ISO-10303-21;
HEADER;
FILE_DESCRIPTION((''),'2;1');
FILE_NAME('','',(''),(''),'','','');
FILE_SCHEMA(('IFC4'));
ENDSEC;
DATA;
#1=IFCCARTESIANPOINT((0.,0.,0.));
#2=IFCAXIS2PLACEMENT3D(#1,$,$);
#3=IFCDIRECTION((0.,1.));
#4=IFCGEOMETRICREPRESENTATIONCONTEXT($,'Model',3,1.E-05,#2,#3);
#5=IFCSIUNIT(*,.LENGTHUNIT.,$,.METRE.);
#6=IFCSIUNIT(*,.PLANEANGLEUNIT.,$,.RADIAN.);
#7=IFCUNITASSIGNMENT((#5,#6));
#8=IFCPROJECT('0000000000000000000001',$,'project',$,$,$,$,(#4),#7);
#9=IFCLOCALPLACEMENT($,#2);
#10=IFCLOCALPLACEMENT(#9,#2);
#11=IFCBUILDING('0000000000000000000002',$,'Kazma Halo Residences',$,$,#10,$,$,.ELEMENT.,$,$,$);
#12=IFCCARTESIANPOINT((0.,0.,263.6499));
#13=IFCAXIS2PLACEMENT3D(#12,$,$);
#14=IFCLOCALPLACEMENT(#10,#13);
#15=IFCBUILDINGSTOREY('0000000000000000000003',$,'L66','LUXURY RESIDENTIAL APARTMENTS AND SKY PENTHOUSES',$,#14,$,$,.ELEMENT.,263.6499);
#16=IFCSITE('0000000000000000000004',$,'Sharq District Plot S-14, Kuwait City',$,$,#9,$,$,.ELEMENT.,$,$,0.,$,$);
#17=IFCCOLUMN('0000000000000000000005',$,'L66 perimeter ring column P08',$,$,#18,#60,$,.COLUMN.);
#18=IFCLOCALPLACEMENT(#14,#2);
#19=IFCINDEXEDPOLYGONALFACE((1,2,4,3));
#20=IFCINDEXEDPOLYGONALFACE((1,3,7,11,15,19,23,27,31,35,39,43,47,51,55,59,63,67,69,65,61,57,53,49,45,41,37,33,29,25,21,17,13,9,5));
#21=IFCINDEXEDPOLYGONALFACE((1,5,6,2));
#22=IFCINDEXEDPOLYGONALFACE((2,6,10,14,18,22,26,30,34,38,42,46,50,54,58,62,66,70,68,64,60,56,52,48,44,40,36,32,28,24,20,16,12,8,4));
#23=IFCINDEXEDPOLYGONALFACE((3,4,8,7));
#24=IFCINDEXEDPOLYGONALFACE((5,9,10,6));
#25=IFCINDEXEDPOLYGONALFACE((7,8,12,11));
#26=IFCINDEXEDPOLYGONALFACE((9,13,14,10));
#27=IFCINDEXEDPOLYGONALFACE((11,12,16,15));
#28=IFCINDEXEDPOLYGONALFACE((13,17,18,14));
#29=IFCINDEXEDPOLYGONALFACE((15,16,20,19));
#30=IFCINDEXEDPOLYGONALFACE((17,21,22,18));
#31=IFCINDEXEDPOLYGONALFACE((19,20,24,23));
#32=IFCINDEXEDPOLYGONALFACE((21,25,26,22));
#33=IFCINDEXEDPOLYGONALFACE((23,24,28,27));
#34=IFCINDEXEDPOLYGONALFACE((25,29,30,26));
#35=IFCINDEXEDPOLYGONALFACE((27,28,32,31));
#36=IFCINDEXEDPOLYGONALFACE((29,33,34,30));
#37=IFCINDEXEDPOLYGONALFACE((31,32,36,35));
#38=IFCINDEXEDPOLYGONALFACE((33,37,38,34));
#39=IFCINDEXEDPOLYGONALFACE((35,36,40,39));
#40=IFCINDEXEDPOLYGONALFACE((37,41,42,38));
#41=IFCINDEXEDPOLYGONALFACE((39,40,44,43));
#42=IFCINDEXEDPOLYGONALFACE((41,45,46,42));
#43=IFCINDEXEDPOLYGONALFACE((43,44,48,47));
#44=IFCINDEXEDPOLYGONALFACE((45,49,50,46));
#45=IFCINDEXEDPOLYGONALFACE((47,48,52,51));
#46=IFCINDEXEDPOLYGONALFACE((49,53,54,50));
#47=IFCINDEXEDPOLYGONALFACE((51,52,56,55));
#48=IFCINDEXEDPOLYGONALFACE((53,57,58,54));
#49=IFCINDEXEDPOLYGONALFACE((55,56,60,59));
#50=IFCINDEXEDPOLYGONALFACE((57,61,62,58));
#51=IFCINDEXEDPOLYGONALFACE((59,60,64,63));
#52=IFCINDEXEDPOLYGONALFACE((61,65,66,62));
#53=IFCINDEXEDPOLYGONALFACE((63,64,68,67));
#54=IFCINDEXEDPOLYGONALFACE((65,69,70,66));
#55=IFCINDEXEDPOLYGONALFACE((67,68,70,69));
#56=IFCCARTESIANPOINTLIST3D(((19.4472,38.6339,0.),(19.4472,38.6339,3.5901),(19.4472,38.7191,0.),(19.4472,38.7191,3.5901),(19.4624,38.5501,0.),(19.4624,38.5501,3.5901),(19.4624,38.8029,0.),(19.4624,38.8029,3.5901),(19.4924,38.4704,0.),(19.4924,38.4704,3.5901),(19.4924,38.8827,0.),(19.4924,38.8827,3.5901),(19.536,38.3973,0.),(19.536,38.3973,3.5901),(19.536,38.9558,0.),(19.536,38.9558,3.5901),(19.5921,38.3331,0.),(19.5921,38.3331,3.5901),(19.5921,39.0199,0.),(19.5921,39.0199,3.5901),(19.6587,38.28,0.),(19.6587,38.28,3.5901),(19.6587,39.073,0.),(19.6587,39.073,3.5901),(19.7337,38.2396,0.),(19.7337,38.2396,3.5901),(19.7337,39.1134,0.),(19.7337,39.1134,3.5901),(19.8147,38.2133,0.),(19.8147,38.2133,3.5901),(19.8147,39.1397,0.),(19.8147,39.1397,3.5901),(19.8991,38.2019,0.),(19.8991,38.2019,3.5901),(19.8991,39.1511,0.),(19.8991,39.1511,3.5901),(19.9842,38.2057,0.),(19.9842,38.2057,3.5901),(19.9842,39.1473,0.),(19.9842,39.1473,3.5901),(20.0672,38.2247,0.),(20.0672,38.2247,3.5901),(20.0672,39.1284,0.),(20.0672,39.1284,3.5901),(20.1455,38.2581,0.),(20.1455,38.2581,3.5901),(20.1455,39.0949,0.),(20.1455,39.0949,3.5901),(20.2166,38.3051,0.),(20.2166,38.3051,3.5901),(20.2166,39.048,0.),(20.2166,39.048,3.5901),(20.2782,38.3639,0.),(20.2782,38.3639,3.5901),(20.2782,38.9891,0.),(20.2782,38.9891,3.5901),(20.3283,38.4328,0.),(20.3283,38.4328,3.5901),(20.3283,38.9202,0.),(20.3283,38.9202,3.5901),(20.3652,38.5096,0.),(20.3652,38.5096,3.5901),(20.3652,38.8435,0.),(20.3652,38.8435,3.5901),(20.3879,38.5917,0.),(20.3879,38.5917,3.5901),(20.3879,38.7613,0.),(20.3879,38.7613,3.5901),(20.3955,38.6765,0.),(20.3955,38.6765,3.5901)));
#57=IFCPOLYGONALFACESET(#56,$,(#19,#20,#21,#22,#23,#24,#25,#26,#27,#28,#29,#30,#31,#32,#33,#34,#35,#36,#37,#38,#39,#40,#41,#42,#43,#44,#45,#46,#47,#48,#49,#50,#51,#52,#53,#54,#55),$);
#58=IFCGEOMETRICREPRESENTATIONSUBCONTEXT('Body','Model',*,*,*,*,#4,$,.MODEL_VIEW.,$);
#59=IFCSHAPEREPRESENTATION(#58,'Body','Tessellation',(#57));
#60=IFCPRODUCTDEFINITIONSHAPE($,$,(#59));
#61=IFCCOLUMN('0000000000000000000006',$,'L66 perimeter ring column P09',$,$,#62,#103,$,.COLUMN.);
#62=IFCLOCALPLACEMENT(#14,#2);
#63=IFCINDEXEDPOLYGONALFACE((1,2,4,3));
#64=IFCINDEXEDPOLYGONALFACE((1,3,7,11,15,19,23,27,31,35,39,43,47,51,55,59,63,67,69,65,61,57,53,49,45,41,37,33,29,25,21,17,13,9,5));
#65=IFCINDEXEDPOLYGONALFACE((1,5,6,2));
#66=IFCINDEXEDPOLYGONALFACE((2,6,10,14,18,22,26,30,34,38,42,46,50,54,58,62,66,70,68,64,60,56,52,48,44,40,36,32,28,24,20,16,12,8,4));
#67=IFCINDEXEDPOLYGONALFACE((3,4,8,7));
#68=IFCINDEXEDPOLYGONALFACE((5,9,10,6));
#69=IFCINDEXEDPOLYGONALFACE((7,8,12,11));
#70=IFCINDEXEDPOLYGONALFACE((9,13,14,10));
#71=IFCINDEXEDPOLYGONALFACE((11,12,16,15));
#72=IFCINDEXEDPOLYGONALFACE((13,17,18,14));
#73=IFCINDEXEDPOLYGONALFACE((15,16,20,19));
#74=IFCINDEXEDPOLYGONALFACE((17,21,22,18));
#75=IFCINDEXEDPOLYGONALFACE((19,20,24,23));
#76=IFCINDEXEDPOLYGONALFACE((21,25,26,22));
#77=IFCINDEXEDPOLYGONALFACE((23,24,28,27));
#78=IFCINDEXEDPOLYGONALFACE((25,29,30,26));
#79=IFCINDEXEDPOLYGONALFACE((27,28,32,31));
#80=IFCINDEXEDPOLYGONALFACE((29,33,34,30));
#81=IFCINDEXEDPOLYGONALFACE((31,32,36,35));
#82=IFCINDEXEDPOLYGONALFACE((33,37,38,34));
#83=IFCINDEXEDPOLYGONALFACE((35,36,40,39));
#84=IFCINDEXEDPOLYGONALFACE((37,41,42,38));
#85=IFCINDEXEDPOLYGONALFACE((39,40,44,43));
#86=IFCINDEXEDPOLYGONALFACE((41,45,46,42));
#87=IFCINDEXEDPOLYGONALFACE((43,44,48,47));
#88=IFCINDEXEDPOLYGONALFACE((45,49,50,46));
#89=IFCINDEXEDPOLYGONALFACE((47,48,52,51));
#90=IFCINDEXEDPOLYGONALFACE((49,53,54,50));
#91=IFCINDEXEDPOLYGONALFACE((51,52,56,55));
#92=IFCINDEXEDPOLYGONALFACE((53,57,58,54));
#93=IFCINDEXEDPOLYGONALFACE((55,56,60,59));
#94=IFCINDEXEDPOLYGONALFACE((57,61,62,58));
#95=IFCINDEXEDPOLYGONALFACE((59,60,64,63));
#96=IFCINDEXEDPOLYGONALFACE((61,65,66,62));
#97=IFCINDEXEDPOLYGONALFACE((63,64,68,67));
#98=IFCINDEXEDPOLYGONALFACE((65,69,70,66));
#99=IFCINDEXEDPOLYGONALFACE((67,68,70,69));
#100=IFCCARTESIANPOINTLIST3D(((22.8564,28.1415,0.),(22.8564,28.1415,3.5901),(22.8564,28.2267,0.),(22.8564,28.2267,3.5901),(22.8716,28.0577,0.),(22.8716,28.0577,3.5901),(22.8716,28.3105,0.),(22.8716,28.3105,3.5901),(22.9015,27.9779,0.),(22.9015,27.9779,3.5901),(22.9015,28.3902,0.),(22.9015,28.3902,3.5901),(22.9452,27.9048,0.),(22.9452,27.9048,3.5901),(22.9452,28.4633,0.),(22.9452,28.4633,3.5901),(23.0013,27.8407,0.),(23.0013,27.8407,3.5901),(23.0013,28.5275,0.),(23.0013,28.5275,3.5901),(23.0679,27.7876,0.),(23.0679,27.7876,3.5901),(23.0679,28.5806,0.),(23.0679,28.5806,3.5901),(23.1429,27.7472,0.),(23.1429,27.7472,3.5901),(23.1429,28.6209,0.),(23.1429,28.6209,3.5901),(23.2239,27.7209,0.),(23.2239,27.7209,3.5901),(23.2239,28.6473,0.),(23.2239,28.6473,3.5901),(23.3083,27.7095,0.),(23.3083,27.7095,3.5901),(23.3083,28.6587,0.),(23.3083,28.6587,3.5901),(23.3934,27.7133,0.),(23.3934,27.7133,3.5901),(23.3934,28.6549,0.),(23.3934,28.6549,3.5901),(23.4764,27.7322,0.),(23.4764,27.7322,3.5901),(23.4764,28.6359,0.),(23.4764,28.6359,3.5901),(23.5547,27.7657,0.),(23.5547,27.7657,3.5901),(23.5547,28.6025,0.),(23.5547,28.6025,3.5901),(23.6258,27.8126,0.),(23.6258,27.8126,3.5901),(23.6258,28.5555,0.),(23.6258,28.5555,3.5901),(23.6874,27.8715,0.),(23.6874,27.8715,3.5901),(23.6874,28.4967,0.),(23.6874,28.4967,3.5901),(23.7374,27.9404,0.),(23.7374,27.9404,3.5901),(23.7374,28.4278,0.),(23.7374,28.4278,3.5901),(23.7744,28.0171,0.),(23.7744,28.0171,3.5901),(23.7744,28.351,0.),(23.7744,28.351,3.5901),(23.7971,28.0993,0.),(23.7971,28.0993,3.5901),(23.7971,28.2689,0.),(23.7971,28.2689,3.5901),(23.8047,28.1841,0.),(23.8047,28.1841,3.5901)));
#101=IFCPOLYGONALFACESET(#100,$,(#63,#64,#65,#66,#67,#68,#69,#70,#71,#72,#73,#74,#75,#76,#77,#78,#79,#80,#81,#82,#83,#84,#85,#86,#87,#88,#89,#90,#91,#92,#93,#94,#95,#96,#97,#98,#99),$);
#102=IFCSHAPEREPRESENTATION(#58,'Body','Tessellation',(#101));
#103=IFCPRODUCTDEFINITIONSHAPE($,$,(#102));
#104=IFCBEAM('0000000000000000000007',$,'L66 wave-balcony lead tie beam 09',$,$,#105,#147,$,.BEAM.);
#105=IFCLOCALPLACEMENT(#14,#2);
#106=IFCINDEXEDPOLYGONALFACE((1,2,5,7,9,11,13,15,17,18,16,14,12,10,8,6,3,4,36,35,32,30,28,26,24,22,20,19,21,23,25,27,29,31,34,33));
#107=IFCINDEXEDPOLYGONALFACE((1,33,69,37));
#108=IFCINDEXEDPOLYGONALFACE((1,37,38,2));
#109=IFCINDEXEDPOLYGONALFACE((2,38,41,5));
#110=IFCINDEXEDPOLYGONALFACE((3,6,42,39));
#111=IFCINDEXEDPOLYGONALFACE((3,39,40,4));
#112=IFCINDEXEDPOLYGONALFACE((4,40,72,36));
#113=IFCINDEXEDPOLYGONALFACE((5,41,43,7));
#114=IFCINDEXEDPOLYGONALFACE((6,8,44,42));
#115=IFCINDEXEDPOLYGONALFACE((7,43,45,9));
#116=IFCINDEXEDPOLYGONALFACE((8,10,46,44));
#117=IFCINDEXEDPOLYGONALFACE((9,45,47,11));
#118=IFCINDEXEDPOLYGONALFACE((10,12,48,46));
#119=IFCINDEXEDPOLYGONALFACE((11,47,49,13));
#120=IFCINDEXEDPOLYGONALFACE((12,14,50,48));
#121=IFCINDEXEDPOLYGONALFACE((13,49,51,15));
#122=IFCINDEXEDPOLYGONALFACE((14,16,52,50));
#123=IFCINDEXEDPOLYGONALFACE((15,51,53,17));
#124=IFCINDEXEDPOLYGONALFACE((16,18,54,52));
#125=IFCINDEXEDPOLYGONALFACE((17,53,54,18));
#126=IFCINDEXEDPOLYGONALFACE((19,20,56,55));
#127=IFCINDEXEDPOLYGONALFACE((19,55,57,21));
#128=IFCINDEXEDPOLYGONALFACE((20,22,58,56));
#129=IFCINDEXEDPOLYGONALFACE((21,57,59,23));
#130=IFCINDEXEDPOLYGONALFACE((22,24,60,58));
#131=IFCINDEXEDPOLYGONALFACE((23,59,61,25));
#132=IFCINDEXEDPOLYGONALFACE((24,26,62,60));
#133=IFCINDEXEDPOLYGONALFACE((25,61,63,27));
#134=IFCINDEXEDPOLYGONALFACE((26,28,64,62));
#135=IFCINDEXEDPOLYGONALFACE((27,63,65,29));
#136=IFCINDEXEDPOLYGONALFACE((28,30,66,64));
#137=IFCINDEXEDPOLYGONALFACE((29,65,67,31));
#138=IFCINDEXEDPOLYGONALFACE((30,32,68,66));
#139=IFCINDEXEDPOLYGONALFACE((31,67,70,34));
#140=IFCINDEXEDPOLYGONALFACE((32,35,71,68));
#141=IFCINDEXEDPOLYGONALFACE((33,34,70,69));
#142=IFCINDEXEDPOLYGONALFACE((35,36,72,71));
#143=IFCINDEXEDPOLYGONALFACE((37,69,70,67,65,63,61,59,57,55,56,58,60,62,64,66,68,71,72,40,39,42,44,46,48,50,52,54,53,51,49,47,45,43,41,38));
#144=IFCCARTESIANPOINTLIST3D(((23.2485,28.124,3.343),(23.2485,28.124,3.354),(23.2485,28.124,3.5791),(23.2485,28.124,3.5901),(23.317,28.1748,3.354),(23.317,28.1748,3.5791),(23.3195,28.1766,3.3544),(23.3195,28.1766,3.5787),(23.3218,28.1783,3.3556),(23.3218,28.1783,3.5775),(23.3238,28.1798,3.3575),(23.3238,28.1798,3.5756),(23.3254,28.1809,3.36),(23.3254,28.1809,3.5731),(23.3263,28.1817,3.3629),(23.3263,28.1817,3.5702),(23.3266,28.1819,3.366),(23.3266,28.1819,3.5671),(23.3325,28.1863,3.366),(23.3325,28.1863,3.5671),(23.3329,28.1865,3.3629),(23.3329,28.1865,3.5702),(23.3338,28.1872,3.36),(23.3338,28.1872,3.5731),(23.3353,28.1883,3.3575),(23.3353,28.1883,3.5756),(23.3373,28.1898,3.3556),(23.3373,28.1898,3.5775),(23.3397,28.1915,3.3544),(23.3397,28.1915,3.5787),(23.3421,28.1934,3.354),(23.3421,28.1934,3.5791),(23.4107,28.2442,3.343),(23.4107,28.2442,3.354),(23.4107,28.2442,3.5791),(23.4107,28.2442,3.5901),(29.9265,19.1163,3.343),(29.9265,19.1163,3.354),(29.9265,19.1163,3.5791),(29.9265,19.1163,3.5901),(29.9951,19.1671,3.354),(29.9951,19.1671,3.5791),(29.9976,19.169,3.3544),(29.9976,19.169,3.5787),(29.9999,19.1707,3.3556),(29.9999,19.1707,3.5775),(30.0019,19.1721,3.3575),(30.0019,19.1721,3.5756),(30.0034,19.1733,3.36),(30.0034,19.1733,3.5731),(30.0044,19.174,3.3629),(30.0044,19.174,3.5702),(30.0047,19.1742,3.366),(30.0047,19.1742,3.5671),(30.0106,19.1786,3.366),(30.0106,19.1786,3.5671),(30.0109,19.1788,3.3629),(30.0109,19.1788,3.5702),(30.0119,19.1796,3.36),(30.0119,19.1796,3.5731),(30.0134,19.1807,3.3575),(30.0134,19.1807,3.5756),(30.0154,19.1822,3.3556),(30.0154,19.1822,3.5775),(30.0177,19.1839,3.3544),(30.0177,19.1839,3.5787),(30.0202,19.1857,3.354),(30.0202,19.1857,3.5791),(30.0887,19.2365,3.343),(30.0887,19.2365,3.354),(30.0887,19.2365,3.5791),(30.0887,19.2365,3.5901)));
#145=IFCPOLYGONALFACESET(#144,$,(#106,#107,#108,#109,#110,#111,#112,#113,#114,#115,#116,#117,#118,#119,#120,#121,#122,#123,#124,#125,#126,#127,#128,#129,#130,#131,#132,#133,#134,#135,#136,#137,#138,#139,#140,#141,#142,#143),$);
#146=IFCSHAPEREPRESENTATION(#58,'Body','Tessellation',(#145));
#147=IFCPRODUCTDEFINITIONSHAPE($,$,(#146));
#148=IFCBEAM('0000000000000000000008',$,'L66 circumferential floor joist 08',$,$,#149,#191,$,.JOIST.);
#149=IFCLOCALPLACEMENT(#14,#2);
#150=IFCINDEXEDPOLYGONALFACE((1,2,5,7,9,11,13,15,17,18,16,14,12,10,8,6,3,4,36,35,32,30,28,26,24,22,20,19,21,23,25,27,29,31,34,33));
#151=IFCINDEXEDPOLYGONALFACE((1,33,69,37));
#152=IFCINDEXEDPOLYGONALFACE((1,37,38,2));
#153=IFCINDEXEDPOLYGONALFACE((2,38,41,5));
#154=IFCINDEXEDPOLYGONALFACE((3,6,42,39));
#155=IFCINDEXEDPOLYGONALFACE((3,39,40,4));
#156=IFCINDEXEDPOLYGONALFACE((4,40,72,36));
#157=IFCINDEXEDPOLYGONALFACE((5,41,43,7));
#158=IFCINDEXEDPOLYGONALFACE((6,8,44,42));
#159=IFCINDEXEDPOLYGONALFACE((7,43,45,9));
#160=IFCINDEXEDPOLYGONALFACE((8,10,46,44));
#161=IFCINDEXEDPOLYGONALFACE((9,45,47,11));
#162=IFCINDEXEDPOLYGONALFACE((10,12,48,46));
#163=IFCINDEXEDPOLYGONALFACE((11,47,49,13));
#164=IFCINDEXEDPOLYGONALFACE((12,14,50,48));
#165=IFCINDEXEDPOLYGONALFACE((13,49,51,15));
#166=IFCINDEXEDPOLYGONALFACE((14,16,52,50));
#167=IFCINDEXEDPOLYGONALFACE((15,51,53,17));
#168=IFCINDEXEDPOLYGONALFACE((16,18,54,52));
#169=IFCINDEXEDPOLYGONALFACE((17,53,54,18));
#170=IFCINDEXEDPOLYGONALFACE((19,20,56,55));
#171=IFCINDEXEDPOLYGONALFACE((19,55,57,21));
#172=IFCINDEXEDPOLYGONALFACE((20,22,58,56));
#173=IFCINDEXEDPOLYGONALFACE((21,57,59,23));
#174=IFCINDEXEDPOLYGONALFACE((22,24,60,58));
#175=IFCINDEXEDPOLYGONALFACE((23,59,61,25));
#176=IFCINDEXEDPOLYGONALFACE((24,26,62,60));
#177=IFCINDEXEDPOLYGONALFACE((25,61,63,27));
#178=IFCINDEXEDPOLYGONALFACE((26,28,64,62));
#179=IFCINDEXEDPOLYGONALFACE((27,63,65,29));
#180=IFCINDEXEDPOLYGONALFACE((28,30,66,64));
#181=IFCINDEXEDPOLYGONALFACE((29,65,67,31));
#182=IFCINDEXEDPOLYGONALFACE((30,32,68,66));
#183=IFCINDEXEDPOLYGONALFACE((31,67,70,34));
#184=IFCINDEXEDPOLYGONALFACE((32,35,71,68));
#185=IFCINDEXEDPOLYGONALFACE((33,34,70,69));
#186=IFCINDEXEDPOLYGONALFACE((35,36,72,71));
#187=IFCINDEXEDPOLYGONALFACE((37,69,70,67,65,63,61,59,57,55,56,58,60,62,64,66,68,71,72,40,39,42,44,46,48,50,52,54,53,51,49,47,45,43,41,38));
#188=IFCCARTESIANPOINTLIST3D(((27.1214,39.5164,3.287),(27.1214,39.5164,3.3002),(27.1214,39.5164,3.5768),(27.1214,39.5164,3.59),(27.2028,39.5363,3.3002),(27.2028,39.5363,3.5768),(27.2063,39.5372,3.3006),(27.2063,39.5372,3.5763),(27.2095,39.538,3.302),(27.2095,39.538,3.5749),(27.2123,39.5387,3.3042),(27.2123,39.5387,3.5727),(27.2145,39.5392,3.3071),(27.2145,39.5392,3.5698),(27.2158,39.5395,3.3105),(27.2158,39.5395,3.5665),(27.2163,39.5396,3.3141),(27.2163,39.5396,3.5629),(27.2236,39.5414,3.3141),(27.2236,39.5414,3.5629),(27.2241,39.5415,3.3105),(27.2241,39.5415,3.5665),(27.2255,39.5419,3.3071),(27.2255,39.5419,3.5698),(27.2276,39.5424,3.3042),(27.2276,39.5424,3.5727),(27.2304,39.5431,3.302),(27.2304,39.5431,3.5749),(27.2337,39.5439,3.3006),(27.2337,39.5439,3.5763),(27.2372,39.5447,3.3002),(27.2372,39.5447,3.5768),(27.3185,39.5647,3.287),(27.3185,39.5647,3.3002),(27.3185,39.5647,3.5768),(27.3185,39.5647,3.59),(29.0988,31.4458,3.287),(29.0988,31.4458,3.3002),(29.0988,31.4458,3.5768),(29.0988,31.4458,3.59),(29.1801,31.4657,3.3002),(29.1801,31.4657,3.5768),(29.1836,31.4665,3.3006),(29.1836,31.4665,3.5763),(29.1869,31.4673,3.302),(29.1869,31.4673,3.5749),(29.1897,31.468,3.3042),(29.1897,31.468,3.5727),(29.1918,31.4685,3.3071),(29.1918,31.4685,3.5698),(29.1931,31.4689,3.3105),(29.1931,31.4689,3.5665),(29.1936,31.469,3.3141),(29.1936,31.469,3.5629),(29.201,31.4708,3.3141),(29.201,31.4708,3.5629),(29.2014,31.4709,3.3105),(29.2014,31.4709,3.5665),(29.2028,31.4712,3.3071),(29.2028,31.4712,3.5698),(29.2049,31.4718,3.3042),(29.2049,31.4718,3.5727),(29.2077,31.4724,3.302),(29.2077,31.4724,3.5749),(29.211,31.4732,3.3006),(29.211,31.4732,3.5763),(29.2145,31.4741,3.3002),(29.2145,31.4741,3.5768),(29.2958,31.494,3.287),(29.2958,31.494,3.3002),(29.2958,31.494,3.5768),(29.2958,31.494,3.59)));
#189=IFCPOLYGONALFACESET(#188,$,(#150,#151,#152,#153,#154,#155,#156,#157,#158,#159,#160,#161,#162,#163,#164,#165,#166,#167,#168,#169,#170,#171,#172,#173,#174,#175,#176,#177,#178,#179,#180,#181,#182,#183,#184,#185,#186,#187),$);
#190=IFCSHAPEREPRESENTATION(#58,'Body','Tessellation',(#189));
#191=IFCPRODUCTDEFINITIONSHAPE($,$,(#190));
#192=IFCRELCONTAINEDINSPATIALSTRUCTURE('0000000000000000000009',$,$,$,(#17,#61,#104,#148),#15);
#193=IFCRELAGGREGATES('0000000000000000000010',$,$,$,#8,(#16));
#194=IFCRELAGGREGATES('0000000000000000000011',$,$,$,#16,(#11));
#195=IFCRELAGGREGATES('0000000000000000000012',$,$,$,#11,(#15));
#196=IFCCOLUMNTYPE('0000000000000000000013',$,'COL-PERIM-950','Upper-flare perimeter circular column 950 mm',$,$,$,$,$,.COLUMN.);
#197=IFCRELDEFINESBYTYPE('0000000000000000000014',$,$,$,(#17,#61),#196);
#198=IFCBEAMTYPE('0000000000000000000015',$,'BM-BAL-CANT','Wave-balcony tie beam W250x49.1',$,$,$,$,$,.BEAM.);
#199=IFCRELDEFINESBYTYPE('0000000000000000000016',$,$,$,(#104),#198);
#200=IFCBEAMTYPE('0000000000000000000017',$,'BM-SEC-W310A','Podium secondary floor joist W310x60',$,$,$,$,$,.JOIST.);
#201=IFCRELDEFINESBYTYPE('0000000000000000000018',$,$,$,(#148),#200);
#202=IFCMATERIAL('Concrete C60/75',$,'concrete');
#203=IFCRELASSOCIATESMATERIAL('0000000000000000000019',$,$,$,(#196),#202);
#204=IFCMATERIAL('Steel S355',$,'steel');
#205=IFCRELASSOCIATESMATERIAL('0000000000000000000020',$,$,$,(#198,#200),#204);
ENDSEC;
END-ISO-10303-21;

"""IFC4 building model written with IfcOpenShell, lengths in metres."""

from ifc_helpers import new_model, si_unit, direction, frame, origin, origin_2d, place, context, subcontext, project, spatial, circle, i_section, extrude, material, material_profile, profile_set, type_object, element, save


model = new_model("IFC4")

# Units and contexts
model_context = context("Model", 3, precision=1e-05, world=origin(), true_north=direction((0.0, 1.0)))
body_context = subcontext(model_context, "Body", "Model", "MODEL_VIEW")
ifc_project = project(units=[si_unit("LENGTHUNIT", "METRE"), si_unit("PLANEANGLEUNIT", "RADIAN")], contexts=[model_context])

# Site, building, storey
site_placement = place(None, origin())
site = spatial("IfcSite", under=ifc_project, at=site_placement, Name="Sharq District Plot S-14, Kuwait City", CompositionType="ELEMENT", RefElevation=0.0)
building_placement = place(site_placement, origin())
building = spatial("IfcBuilding", under=site, at=building_placement, Name="Kazma Halo Residences", CompositionType="ELEMENT")
storey_placement = place(building_placement, frame((0.0, 0.0, 263.6499)))
storey = spatial("IfcBuildingStorey", under=building, at=storey_placement, Name="L66", Description="LUXURY RESIDENTIAL APARTMENTS AND SKY PENTHOUSES", CompositionType="ELEMENT", Elevation=263.6499)

# Columns
ifc_material_1 = material(Name="Concrete C60/75", Category="concrete")
ifc_material_profile_1 = material_profile(ifc_material_1, circle(Radius=0.4751, at=origin_2d()), Name="CIRC950")
ifc_profile_set_1 = profile_set([ifc_material_profile_1], Name="Concrete C60/75")
column_type = type_object("IfcColumnType", Name="COL-PERIM-950", Description="Upper-flare perimeter circular column 950 mm", PredefinedType="COLUMN", material=ifc_profile_set_1)
for number, where, z_axis, x_axis, name in (
    (1, (19.9204, 38.6765, 0.0), (0.0, 0.0, 1.0), (1.0, 0.0, 0.0), "L66 perimeter ring column P08"),
    (2, (23.3296, 28.1841, 0.0), (0.0, 0.0, 1.0), (1.0, 0.0, 0.0), "L66 perimeter ring column P09"),
):
    element("IfcColumn", number, at=place(storey_placement, frame(where, z_axis=z_axis, x_axis=x_axis)), inside=storey, type_object=column_type, Name=name, PredefinedType="COLUMN", context=body_context, shape_type="SweptSolid", body=[
        extrude(circle(Radius=0.4751, at=origin_2d()), origin(), (0.0, 0.0, 1.0), 3.5901),
    ])

# Beams
ifc_material_2 = material(Name="Steel S355", Category="steel")
ifc_material_profile_2 = material_profile(ifc_material_2, i_section(OverallWidth=0.2019, OverallDepth=0.2471, WebThickness=0.0073, FlangeThickness=0.011, FilletRadius=0.012, at=origin_2d()), Name="W250x49.1")
ifc_profile_set_2 = profile_set([ifc_material_profile_2], Name="Steel S355")
beam_type_1 = type_object("IfcBeamType", Name="BM-BAL-CANT", Description="Wave-balcony tie beam W250x49.1", PredefinedType="BEAM", material=ifc_profile_set_2)
beam_1_placement = place(storey_placement, frame((23.3296, 28.1841, 3.4666), z_axis=(0.595556, -0.803314, 0.0), x_axis=(0.803314, 0.595556, 0.0)))
element("IfcBeam", 3, at=beam_1_placement, inside=storey, type_object=beam_type_1, Name="L66 wave-balcony lead tie beam 09", PredefinedType="BEAM", context=body_context, shape_type="SweptSolid", body=[
    extrude(i_section(OverallWidth=0.2019, OverallDepth=0.2471, WebThickness=0.0073, FlangeThickness=0.011, FilletRadius=0.012, at=origin_2d()), origin(), (0.0, 0.0, 1.0), 11.2131),
])
ifc_material_profile_3 = material_profile(ifc_material_2, i_section(OverallWidth=0.2029, OverallDepth=0.303, WebThickness=0.0076, FlangeThickness=0.0132, FilletRadius=0.0139, at=origin_2d()), Name="W310x60")
ifc_profile_set_3 = profile_set([ifc_material_profile_3], Name="Steel S355")
beam_type_2 = type_object("IfcBeamType", Name="BM-SEC-W310A", Description="Podium secondary floor joist W310x60", PredefinedType="JOIST", material=ifc_profile_set_3)
beam_2_placement = place(storey_placement, frame((27.22, 39.5405, 3.4385), z_axis=(0.237963, -0.971274, 0.0), x_axis=(0.971274, 0.237963, 0.0)))
element("IfcBeam", 4, at=beam_2_placement, inside=storey, type_object=beam_type_2, Name="L66 circumferential floor joist 08", PredefinedType="JOIST", context=body_context, shape_type="SweptSolid", body=[
    extrude(i_section(OverallWidth=0.2029, OverallDepth=0.303, WebThickness=0.0076, FlangeThickness=0.0132, FilletRadius=0.0139, at=origin_2d()), origin(), (0.0, 0.0, 1.0), 8.3093),
])

save(model, "model.ifc")
